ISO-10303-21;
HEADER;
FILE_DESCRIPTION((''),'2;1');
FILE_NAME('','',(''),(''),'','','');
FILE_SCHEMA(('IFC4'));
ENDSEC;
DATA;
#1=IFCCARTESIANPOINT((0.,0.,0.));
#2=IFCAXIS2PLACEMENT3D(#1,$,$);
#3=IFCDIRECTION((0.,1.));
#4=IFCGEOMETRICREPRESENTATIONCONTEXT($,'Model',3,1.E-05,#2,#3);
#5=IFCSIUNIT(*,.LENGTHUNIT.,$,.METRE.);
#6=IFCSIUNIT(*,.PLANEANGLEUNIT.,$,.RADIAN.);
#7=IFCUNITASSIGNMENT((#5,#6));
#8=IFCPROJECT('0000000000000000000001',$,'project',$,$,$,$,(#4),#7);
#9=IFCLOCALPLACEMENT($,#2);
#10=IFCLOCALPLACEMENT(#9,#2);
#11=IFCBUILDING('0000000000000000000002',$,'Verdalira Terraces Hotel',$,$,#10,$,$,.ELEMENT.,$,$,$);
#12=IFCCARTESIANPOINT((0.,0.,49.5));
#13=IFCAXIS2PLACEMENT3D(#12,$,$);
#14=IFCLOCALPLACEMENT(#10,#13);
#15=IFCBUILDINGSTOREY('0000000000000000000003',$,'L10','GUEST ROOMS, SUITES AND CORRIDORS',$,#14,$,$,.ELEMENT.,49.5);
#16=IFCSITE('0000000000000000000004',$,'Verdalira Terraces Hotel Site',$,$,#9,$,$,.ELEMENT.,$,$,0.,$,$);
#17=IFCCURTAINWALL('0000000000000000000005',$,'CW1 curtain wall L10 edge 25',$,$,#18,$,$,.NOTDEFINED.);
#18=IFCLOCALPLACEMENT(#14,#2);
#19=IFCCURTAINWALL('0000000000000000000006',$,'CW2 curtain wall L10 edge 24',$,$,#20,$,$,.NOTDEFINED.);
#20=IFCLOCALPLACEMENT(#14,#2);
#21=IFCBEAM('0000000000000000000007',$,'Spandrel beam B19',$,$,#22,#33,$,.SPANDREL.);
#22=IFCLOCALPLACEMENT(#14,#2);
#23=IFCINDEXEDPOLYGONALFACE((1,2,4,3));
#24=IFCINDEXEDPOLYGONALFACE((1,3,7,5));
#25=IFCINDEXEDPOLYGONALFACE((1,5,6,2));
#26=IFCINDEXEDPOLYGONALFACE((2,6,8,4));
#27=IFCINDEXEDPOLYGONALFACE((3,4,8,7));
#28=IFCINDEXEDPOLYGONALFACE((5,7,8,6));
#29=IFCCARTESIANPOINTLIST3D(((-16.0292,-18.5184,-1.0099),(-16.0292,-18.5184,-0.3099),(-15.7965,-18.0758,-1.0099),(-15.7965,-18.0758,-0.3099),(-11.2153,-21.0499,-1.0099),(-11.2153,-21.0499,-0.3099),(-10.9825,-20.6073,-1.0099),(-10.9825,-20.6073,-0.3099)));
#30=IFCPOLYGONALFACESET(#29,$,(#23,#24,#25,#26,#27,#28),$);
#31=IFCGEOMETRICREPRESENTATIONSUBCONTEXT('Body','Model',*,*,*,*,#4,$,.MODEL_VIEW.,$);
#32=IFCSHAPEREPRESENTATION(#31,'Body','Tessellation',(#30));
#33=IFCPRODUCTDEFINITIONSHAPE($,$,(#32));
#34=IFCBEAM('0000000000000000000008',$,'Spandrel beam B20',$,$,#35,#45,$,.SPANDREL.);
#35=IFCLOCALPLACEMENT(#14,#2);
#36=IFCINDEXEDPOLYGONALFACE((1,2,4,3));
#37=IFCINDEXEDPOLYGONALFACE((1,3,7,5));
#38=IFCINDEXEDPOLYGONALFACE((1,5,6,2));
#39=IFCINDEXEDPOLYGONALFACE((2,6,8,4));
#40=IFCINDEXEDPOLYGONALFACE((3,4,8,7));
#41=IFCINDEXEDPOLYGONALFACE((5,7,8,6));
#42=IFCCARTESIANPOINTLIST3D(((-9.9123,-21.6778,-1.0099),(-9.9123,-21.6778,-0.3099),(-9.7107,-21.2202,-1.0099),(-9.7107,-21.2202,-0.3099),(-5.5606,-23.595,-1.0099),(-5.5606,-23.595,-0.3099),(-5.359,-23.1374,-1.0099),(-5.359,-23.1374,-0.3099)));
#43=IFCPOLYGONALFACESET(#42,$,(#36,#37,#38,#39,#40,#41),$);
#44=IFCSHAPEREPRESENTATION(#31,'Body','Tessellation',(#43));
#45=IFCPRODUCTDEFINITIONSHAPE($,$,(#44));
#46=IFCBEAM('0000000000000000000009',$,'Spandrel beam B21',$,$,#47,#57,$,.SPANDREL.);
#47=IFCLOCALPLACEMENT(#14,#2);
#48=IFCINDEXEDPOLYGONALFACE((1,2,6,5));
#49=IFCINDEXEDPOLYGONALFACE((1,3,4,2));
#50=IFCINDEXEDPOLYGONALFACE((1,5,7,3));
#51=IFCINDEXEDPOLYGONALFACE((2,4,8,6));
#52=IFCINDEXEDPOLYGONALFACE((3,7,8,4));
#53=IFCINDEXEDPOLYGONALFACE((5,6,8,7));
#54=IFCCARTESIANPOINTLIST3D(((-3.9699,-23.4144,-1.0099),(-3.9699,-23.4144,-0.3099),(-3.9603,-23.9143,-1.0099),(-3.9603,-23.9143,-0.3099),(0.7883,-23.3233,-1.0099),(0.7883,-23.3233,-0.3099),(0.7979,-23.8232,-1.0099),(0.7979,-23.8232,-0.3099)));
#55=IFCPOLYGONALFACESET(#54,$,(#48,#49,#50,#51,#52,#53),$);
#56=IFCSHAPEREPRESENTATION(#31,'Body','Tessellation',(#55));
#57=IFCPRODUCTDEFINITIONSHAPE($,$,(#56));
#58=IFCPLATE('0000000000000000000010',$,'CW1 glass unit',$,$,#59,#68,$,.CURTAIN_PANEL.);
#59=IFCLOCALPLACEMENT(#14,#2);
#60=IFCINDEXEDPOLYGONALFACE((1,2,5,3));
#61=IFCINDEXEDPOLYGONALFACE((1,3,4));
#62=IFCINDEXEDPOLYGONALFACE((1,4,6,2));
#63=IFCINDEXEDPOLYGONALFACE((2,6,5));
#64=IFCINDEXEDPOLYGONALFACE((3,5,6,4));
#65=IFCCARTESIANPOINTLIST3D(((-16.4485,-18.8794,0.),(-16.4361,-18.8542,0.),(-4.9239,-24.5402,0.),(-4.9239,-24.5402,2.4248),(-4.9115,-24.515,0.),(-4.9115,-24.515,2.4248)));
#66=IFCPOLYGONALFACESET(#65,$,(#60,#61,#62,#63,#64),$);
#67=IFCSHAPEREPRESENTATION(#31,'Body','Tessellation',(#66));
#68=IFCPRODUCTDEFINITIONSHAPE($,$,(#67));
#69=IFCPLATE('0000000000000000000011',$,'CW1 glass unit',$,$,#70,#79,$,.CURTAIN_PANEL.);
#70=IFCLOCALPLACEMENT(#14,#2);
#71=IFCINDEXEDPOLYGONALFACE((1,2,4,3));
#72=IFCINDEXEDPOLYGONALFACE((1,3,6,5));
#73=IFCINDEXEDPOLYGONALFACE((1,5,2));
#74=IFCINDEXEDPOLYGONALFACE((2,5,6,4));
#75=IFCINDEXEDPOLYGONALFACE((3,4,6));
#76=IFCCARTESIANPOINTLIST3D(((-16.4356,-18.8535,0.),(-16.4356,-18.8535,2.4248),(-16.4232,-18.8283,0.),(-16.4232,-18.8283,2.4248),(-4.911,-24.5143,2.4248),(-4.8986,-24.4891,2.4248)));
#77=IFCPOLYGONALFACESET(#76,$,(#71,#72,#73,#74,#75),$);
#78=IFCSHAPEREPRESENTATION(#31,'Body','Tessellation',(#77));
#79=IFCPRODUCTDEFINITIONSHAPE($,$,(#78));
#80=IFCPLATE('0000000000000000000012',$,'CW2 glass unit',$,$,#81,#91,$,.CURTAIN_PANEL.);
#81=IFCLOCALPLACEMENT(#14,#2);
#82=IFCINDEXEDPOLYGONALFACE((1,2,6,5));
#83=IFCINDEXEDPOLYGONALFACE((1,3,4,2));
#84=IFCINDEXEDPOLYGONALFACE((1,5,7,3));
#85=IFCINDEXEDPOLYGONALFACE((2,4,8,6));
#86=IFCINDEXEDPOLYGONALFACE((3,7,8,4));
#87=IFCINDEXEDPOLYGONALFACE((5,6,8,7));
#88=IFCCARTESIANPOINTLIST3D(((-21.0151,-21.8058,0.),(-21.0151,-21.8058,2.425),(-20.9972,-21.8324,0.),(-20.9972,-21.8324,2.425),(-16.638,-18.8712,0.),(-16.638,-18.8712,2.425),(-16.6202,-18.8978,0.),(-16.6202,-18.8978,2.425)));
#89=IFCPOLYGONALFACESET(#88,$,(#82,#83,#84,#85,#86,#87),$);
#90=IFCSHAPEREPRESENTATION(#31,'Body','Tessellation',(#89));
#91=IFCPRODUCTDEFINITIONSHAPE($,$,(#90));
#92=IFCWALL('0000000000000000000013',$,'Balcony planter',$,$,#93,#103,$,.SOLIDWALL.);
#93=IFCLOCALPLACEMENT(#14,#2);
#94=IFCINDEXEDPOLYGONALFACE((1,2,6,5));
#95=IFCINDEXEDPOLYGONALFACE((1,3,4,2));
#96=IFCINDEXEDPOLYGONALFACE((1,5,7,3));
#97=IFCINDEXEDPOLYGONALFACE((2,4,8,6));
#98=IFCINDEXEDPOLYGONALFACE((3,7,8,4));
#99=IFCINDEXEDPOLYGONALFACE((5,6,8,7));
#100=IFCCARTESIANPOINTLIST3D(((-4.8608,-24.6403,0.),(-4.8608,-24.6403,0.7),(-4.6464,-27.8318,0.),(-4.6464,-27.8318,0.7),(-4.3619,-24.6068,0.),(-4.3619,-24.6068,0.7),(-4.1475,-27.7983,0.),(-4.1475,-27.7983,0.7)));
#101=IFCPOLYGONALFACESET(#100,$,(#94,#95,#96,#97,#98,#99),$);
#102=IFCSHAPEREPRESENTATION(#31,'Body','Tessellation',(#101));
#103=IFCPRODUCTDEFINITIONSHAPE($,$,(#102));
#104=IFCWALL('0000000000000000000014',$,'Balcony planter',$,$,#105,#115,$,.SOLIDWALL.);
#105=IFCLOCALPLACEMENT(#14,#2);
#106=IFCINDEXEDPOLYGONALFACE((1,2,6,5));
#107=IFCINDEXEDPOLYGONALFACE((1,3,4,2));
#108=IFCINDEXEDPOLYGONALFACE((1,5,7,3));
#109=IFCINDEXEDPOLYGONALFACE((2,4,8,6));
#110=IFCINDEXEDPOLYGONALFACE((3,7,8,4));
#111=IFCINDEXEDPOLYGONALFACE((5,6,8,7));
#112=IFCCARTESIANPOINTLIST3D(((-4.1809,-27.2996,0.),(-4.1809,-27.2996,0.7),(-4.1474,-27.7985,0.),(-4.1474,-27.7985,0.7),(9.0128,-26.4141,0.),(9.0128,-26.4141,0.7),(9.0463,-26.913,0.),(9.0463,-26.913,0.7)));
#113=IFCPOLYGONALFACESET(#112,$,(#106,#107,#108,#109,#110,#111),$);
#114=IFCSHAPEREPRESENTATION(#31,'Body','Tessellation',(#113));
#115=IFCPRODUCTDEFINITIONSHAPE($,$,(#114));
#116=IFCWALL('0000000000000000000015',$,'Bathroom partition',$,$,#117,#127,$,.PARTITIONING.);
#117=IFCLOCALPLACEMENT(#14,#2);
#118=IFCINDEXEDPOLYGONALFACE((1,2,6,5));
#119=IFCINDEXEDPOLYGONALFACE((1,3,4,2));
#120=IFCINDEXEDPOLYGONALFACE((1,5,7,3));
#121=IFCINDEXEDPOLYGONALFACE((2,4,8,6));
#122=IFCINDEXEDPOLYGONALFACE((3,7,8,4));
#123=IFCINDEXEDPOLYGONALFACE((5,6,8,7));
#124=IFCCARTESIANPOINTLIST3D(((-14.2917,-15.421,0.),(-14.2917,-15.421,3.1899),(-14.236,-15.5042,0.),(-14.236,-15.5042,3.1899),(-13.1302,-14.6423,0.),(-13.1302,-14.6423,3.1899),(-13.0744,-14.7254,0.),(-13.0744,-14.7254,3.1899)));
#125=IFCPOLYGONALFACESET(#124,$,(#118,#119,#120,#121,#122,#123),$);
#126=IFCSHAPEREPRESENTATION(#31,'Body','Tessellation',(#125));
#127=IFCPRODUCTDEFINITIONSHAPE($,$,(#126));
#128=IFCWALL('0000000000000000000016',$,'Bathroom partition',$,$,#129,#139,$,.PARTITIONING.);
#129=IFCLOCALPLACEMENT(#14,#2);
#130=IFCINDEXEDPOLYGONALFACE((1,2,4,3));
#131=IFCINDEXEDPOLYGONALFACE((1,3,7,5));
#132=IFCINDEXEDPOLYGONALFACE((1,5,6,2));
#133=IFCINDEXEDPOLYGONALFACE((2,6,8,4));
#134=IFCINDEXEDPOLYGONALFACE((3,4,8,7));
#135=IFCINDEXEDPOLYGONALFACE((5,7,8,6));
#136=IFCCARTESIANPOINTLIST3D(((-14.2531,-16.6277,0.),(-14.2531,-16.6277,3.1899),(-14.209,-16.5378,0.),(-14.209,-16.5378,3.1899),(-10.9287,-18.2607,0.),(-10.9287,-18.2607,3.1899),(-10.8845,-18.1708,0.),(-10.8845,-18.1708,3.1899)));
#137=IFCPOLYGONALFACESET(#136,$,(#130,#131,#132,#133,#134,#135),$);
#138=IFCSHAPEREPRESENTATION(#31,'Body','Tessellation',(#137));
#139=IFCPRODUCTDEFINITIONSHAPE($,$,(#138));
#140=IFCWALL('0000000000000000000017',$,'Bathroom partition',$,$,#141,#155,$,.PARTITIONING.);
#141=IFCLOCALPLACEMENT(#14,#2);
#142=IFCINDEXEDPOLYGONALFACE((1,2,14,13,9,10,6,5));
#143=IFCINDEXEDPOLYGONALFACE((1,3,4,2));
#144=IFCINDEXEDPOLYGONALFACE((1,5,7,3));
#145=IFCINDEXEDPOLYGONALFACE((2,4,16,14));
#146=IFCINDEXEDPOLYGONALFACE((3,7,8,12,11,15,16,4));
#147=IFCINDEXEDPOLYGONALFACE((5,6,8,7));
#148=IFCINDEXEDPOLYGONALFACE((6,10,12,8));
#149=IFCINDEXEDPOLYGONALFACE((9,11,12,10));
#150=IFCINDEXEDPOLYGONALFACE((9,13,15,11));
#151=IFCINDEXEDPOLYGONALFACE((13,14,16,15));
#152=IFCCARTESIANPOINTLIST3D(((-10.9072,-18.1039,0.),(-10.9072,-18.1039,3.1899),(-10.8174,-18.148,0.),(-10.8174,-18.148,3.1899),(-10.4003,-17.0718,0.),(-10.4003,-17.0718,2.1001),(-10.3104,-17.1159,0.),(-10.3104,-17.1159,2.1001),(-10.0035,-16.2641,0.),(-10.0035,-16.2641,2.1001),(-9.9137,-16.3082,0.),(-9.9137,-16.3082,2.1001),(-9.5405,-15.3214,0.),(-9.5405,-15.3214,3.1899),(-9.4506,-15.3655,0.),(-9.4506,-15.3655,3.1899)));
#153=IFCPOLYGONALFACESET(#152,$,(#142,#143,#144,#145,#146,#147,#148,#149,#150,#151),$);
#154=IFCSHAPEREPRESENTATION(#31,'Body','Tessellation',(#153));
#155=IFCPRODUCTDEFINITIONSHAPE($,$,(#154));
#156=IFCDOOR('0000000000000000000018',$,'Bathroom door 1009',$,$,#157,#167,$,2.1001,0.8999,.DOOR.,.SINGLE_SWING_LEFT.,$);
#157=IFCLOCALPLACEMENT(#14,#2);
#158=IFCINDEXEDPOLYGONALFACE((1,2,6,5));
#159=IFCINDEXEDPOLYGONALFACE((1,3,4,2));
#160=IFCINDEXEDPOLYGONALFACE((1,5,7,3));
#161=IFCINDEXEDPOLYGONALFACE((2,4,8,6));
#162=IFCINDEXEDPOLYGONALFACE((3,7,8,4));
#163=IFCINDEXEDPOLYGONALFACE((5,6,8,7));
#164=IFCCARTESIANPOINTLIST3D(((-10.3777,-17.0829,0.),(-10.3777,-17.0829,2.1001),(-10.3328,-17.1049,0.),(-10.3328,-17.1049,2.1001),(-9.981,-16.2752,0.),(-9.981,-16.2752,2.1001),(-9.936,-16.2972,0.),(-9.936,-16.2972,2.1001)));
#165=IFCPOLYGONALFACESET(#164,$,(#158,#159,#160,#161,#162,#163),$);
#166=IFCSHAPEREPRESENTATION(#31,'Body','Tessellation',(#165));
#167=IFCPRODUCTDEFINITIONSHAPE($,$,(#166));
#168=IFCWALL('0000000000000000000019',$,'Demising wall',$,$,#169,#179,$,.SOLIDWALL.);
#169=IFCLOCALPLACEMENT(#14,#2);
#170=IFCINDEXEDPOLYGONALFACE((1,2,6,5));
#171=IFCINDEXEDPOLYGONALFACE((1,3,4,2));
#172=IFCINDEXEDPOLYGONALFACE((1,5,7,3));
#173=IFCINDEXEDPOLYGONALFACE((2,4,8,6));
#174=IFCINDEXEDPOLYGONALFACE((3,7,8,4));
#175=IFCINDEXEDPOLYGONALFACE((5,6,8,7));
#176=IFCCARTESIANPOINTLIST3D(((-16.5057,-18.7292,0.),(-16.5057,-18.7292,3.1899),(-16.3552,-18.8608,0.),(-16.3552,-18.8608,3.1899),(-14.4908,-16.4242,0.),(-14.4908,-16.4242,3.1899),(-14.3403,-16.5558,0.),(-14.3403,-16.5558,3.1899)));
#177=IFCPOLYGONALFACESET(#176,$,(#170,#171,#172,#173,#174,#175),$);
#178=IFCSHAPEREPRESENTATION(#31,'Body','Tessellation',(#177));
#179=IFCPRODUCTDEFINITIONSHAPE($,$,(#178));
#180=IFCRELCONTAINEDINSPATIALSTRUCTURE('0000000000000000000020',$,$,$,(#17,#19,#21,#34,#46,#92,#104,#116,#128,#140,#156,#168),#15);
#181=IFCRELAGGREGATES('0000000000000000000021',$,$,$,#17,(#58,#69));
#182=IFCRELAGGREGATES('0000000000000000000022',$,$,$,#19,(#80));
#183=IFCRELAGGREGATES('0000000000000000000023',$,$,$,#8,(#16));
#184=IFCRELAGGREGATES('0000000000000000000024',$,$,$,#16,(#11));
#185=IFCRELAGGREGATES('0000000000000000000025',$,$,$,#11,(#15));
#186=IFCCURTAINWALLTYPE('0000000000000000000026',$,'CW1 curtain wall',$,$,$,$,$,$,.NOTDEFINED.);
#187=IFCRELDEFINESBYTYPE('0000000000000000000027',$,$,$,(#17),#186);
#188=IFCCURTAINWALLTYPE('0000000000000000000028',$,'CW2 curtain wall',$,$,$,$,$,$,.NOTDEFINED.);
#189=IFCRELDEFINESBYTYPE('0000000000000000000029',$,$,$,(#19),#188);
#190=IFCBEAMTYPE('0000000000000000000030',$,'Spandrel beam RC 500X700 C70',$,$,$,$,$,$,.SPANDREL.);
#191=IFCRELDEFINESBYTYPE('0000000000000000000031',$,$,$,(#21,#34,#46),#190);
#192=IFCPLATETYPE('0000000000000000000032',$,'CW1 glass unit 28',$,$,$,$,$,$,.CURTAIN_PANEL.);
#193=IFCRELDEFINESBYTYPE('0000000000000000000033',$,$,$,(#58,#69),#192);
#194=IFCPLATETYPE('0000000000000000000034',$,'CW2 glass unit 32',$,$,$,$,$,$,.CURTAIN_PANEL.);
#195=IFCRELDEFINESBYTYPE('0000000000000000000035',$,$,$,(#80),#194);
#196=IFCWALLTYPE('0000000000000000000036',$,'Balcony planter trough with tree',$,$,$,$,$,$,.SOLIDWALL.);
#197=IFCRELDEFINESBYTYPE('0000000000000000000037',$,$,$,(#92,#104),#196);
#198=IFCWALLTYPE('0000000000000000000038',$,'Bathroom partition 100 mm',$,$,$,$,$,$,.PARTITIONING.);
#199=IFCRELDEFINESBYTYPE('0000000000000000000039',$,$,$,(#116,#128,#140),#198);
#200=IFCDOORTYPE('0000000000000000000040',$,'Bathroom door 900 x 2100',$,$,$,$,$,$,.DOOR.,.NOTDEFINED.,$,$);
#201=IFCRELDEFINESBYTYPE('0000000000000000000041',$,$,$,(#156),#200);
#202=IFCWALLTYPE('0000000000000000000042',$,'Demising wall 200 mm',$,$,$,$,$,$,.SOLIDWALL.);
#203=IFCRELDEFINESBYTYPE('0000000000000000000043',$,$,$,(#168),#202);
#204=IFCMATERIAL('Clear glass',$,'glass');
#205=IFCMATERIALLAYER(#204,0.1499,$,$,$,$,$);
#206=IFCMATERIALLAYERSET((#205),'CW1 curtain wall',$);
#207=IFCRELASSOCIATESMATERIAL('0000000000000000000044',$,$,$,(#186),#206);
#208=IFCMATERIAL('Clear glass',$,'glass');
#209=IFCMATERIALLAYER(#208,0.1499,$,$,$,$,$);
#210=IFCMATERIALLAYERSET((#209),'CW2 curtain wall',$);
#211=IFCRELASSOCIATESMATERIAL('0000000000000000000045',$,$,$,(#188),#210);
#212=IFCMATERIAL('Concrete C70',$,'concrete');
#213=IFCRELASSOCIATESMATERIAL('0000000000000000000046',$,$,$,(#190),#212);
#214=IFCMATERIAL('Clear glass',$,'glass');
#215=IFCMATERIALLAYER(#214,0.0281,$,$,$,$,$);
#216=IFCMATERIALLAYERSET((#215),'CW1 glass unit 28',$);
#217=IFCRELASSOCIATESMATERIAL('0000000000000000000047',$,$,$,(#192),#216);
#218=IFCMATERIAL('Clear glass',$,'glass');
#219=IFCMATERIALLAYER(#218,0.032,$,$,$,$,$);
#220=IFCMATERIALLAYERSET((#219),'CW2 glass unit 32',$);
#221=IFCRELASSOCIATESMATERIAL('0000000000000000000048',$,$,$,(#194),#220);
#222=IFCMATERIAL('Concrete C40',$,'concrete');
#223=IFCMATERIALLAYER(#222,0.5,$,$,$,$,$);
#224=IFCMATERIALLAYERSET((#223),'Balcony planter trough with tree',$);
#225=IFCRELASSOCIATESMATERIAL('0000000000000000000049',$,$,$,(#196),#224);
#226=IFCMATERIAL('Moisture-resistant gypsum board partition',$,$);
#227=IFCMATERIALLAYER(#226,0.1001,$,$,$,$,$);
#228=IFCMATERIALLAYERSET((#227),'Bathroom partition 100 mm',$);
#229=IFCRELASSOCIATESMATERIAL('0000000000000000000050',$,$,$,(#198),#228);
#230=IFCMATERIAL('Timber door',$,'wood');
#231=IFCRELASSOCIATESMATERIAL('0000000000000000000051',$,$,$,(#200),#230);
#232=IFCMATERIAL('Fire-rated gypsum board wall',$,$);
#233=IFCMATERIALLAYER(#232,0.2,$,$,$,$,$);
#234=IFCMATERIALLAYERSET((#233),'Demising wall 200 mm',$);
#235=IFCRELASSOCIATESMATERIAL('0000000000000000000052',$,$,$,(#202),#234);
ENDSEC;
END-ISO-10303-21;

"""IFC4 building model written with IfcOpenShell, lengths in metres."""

from ifc_helpers import new_model, si_unit, direction, frame, frame_2d, origin, origin_2d, place, context, subcontext, project, spatial, polyline, rectangle, outline, extrude, material, layer, layer_set, material_profile, profile_set, type_object, element, fill, aggregate, save


model = new_model("IFC4")

# Units and contexts
model_context = context("Model", 3, precision=1e-05, world=origin(), true_north=direction((0.0, 1.0)))
body_context = subcontext(model_context, "Body", "Model", "MODEL_VIEW")
ifc_project = project(units=[si_unit("LENGTHUNIT", "METRE"), si_unit("PLANEANGLEUNIT", "RADIAN")], contexts=[model_context])

# Site, building, storey
site_placement = place(None, origin())
site = spatial("IfcSite", under=ifc_project, at=site_placement, Name="Verdalira Terraces Hotel Site", CompositionType="ELEMENT", RefElevation=0.0)
building_placement = place(site_placement, origin())
building = spatial("IfcBuilding", under=site, at=building_placement, Name="Verdalira Terraces Hotel", CompositionType="ELEMENT")
storey_placement = place(building_placement, frame((0.0, 0.0, 49.5)))
storey = spatial("IfcBuildingStorey", under=building, at=storey_placement, Name="L10", Description="GUEST ROOMS, SUITES AND CORRIDORS", CompositionType="ELEMENT", Elevation=49.5)

# Curtain wall
ifc_material_1 = material(Name="Clear glass", Category="glass")
ifc_layer_1 = layer(ifc_material_1, 0.1499)
ifc_layer_set_1 = layer_set([ifc_layer_1], Name="CW1 curtain wall")
curtain_wall_type_1 = type_object("IfcCurtainWallType", Name="CW1 curtain wall", PredefinedType="NOTDEFINED", material=ifc_layer_set_1)
curtain_wall_1_placement = place(storey_placement, origin())
curtain_wall_1 = element("IfcCurtainWall", 1, at=curtain_wall_1_placement, inside=storey, type_object=curtain_wall_type_1, Name="CW1 curtain wall L10 edge 25", PredefinedType="NOTDEFINED")

# Curtain wall
ifc_material_2 = material(Name="Clear glass", Category="glass")
ifc_layer_2 = layer(ifc_material_2, 0.1499)
ifc_layer_set_2 = layer_set([ifc_layer_2], Name="CW2 curtain wall")
curtain_wall_type_2 = type_object("IfcCurtainWallType", Name="CW2 curtain wall", PredefinedType="NOTDEFINED", material=ifc_layer_set_2)
curtain_wall_2_placement = place(storey_placement, origin())
curtain_wall_2 = element("IfcCurtainWall", 2, at=curtain_wall_2_placement, inside=storey, type_object=curtain_wall_type_2, Name="CW2 curtain wall L10 edge 24", PredefinedType="NOTDEFINED")

# Beams
ifc_material_3 = material(Name="Concrete C70", Category="concrete")
ifc_material_profile_1 = material_profile(ifc_material_3, rectangle(XDim=0.5, YDim=0.7, at=origin_2d()), Name="RC 500X700")
ifc_profile_set_1 = profile_set([ifc_material_profile_1], Name="Concrete C70")
beam_type_1 = type_object("IfcBeamType", Name="Spandrel beam RC 500X700 C70", PredefinedType="SPANDREL", material=ifc_profile_set_1)
beam_1_placement = place(storey_placement, frame((-15.9128, -18.2971, -0.6599), z_axis=(0.885083, -0.465434, 0.0), x_axis=(0.465434, 0.885083, 0.0)))
element("IfcBeam", 3, at=beam_1_placement, inside=storey, type_object=beam_type_1, Name="Spandrel beam B19", PredefinedType="SPANDREL", context=body_context, shape_type="SweptSolid", body=[
    extrude(rectangle(XDim=0.5, YDim=0.7, at=origin_2d()), origin(), (0.0, 0.0, 1.0), 5.439),
])
beam_2_placement = place(storey_placement, frame((-9.8115, -21.449, -0.6599), z_axis=(0.915126, -0.403169, 0.0), x_axis=(0.403169, 0.915126, 0.0)))
element("IfcBeam", 4, at=beam_2_placement, inside=storey, type_object=beam_type_1, Name="Spandrel beam B20", PredefinedType="SPANDREL", context=body_context, shape_type="SweptSolid", body=[
    extrude(rectangle(XDim=0.5, YDim=0.7, at=origin_2d()), origin(), (0.0, 0.0, 1.0), 4.7554),
])
beam_3_placement = place(storey_placement, frame((-3.9651, -23.6643, -0.6599), z_axis=(0.999817, 0.019135, 0.0), x_axis=(-0.019135, 0.999817, 0.0)))
element("IfcBeam", 5, at=beam_3_placement, inside=storey, type_object=beam_type_1, Name="Spandrel beam B21", PredefinedType="SPANDREL", context=body_context, shape_type="SweptSolid", body=[
    extrude(rectangle(XDim=0.5, YDim=0.7, at=origin_2d()), origin(), (0.0, 0.0, 1.0), 4.759),
])

# Plates
ifc_material_4 = material(Name="Clear glass", Category="glass")
ifc_layer_3 = layer(ifc_material_4, 0.0281)
ifc_layer_set_3 = layer_set([ifc_layer_3], Name="CW1 glass unit 28")
plate_type_1 = type_object("IfcPlateType", Name="CW1 glass unit 28", PredefinedType="CURTAIN_PANEL", material=ifc_layer_set_3)
plate_1_placement = place(storey_placement, frame((-10.6738, -21.6846, 1.2124), z_axis=(-0.440879, -0.897566, 0.0), x_axis=(0.897566, -0.440879, 0.0)))
plate_1 = element("IfcPlate", 6, at=plate_1_placement, type_object=plate_type_1, Name="CW1 glass unit", PredefinedType="CURTAIN_PANEL", context=body_context, shape_type="SweptSolid", body=[
    extrude(outline(polyline([(-6.4199, -1.2124), (6.4199, -1.2124), (6.4199, 1.2124), (-6.4199, -1.2124)])), origin(), (0.0, 0.0, 1.0), 0.0281),
])
plate_2_placement = place(storey_placement, frame((-10.6609, -21.6587, 1.2124), z_axis=(-0.440879, -0.897566, 0.0), x_axis=(0.897566, -0.440879, 0.0)))
plate_2 = element("IfcPlate", 7, at=plate_2_placement, type_object=plate_type_1, Name="CW1 glass unit", PredefinedType="CURTAIN_PANEL", context=body_context, shape_type="SweptSolid", body=[
    extrude(outline(polyline([(-6.4199, -1.2124), (6.4199, 1.2124), (-6.4199, 1.2124), (-6.4199, -1.2124)])), origin(), (0.0, 0.0, 1.0), 0.0281),
])
aggregate(curtain_wall_1, [plate_1, plate_2])
ifc_material_5 = material(Name="Clear glass", Category="glass")
ifc_layer_4 = layer(ifc_material_5, 0.032)
ifc_layer_set_4 = layer_set([ifc_layer_4], Name="CW2 glass unit 32")
plate_type_2 = type_object("IfcPlateType", Name="CW2 glass unit 32", PredefinedType="CURTAIN_PANEL", material=ifc_layer_set_4)
plate_3_placement = place(storey_placement, frame((-18.8176, -20.3518, 0.0), z_axis=(0.0, 0.0, 1.0), x_axis=(0.830596, 0.556876, 0.0)))
plate_3 = element("IfcPlate", 8, at=plate_3_placement, type_object=plate_type_2, Name="CW2 glass unit", PredefinedType="CURTAIN_PANEL", context=body_context, shape_type="SweptSolid", body=[
    extrude(rectangle(XDim=5.2698, YDim=0.032, at=origin_2d()), origin(), (0.0, 0.0, 1.0), 2.425),
])
aggregate(curtain_wall_2, [plate_3])

# Walls
ifc_material_6 = material(Name="Concrete C40", Category="concrete")
ifc_layer_5 = layer(ifc_material_6, 0.5)
ifc_layer_set_5 = layer_set([ifc_layer_5], Name="Balcony planter trough with tree")
wall_type_1 = type_object("IfcWallType", Name="Balcony planter trough with tree", PredefinedType="SOLIDWALL", material=ifc_layer_set_5)
wall_1_placement = place(storey_placement, frame((-4.6113, -24.6235, 0.0), z_axis=(0.0, 0.0, 1.0), x_axis=(0.06701, -0.997752, 0.0)))
element("IfcWall", 9, at=wall_1_placement, inside=storey, type_object=wall_type_1, Name="Balcony planter", PredefinedType="SOLIDWALL", context=body_context, shape_type="SweptSolid", body=[
    extrude(rectangle(XDim=3.1987, YDim=0.5, at=frame_2d((1.5994, 0.0))), origin(), (0.0, 0.0, 1.0), 0.7),
])
wall_2_placement = place(storey_placement, frame((-4.1643, -27.5491, 0.0), z_axis=(0.0, 0.0, 1.0), x_axis=(0.997755, 0.066965, 0.0)))
element("IfcWall", 10, at=wall_2_placement, inside=storey, type_object=wall_type_1, Name="Balcony planter", PredefinedType="SOLIDWALL", context=body_context, shape_type="SweptSolid", body=[
    extrude(rectangle(XDim=13.2234, YDim=0.5, at=frame_2d((6.6118, 0.0))), origin(), (0.0, 0.0, 1.0), 0.7),
])
ifc_material_7 = material(Name="Moisture-resistant gypsum board partition")
ifc_layer_6 = layer(ifc_material_7, 0.1001)
ifc_layer_set_6 = layer_set([ifc_layer_6], Name="Bathroom partition 100 mm")
wall_type_2 = type_object("IfcWallType", Name="Bathroom partition 100 mm", PredefinedType="PARTITIONING", material=ifc_layer_set_6)
wall_3_placement = place(storey_placement, frame((-13.1023, -14.6838, 0.0), z_axis=(0.0, 0.0, 1.0), x_axis=(-0.830597, -0.556874, 0.0)))
element("IfcWall", 11, at=wall_3_placement, inside=storey, type_object=wall_type_2, Name="Bathroom partition", PredefinedType="PARTITIONING", context=body_context, shape_type="SweptSolid", body=[
    extrude(rectangle(XDim=1.3984, YDim=0.1001, at=frame_2d((0.6992, 0.0))), origin(), (0.0, 0.0, 1.0), 3.1899),
])
wall_4_placement = place(storey_placement, frame((-10.9065, -18.2158, 0.0), z_axis=(0.0, 0.0, 1.0), x_axis=(-0.897556, 0.440901, 0.0)))
element("IfcWall", 12, at=wall_4_placement, inside=storey, type_object=wall_type_2, Name="Bathroom partition", PredefinedType="PARTITIONING", context=body_context, shape_type="SweptSolid", body=[
    extrude(rectangle(XDim=3.7039, YDim=0.1001, at=frame_2d((1.8521, 0.0))), origin(), (0.0, 0.0, 1.0), 3.1899),
])

# Wall, opening, door
wall_5_placement = place(storey_placement, frame((-10.8623, -18.126, 0.0), z_axis=(0.0, 0.0, 1.0), x_axis=(0.44087, 0.897571, 0.0)))
wall_5 = element("IfcWall", 13, at=wall_5_placement, inside=storey, type_object=wall_type_2, Name="Bathroom partition", PredefinedType="PARTITIONING", context=body_context, shape_type="SweptSolid", body=[
    extrude(rectangle(XDim=3.1001, YDim=0.1001, at=frame_2d((1.55, 0.0))), origin(), (0.0, 0.0, 1.0), 3.1899),
])
opening_1_placement = place(wall_5_placement, frame((1.1499, 0.0, 0.0)))
opening_1 = element("IfcOpeningElement", 14, at=opening_1_placement, cuts=wall_5, PredefinedType="OPENING", context=body_context, shape_type="SweptSolid", body=[
    extrude(rectangle(XDim=0.8999, YDim=2.1001, at=frame_2d((0.45, 1.05))), frame((0.0, 0.0601, 0.0), z_axis=(0.0, -1.0, 0.0), x_axis=(1.0, 0.0, 0.0)), (0.0, 0.0, 1.0), 0.1201),
])
ifc_material_8 = material(Name="Timber door", Category="wood")
door_type_1 = type_object("IfcDoorType", Name="Bathroom door 900 x 2100", OperationType="NOTDEFINED", PredefinedType="DOOR", material=ifc_material_8)
door_1_placement = place(opening_1_placement, origin())
door_1 = element("IfcDoor", 15, at=door_1_placement, inside=storey, type_object=door_type_1, Name="Bathroom door 1009", OperationType="SINGLE_SWING_LEFT", OverallHeight=2.1001, OverallWidth=0.8999, PredefinedType="DOOR", context=body_context, shape_type="SweptSolid", body=[
    extrude(rectangle(XDim=0.8999, YDim=2.1001, at=frame_2d((0.45, 1.05))), frame((0.0, 0.0249, 0.0), z_axis=(0.0, -1.0, 0.0), x_axis=(1.0, 0.0, 0.0)), (0.0, 0.0, 1.0), 0.05),
])
fill(opening_1, door_1)

# Wall
ifc_material_9 = material(Name="Fire-rated gypsum board wall")
ifc_layer_7 = layer(ifc_material_9, 0.2)
ifc_layer_set_7 = layer_set([ifc_layer_7], Name="Demising wall 200 mm")
wall_type_3 = type_object("IfcWallType", Name="Demising wall 200 mm", PredefinedType="SOLIDWALL", material=ifc_layer_set_7)
wall_6_placement = place(storey_placement, frame((-14.4155, -16.49, 0.0), z_axis=(0.0, 0.0, 1.0), x_axis=(-0.658149, -0.752888, 0.0)))
element("IfcWall", 16, at=wall_6_placement, inside=storey, type_object=wall_type_3, Name="Demising wall", PredefinedType="SOLIDWALL", context=body_context, shape_type="SweptSolid", body=[
    extrude(rectangle(XDim=3.0615, YDim=0.2, at=frame_2d((1.5308, 0.0))), origin(), (0.0, 0.0, 1.0), 3.1899),
])

save(model, "model.ifc")
